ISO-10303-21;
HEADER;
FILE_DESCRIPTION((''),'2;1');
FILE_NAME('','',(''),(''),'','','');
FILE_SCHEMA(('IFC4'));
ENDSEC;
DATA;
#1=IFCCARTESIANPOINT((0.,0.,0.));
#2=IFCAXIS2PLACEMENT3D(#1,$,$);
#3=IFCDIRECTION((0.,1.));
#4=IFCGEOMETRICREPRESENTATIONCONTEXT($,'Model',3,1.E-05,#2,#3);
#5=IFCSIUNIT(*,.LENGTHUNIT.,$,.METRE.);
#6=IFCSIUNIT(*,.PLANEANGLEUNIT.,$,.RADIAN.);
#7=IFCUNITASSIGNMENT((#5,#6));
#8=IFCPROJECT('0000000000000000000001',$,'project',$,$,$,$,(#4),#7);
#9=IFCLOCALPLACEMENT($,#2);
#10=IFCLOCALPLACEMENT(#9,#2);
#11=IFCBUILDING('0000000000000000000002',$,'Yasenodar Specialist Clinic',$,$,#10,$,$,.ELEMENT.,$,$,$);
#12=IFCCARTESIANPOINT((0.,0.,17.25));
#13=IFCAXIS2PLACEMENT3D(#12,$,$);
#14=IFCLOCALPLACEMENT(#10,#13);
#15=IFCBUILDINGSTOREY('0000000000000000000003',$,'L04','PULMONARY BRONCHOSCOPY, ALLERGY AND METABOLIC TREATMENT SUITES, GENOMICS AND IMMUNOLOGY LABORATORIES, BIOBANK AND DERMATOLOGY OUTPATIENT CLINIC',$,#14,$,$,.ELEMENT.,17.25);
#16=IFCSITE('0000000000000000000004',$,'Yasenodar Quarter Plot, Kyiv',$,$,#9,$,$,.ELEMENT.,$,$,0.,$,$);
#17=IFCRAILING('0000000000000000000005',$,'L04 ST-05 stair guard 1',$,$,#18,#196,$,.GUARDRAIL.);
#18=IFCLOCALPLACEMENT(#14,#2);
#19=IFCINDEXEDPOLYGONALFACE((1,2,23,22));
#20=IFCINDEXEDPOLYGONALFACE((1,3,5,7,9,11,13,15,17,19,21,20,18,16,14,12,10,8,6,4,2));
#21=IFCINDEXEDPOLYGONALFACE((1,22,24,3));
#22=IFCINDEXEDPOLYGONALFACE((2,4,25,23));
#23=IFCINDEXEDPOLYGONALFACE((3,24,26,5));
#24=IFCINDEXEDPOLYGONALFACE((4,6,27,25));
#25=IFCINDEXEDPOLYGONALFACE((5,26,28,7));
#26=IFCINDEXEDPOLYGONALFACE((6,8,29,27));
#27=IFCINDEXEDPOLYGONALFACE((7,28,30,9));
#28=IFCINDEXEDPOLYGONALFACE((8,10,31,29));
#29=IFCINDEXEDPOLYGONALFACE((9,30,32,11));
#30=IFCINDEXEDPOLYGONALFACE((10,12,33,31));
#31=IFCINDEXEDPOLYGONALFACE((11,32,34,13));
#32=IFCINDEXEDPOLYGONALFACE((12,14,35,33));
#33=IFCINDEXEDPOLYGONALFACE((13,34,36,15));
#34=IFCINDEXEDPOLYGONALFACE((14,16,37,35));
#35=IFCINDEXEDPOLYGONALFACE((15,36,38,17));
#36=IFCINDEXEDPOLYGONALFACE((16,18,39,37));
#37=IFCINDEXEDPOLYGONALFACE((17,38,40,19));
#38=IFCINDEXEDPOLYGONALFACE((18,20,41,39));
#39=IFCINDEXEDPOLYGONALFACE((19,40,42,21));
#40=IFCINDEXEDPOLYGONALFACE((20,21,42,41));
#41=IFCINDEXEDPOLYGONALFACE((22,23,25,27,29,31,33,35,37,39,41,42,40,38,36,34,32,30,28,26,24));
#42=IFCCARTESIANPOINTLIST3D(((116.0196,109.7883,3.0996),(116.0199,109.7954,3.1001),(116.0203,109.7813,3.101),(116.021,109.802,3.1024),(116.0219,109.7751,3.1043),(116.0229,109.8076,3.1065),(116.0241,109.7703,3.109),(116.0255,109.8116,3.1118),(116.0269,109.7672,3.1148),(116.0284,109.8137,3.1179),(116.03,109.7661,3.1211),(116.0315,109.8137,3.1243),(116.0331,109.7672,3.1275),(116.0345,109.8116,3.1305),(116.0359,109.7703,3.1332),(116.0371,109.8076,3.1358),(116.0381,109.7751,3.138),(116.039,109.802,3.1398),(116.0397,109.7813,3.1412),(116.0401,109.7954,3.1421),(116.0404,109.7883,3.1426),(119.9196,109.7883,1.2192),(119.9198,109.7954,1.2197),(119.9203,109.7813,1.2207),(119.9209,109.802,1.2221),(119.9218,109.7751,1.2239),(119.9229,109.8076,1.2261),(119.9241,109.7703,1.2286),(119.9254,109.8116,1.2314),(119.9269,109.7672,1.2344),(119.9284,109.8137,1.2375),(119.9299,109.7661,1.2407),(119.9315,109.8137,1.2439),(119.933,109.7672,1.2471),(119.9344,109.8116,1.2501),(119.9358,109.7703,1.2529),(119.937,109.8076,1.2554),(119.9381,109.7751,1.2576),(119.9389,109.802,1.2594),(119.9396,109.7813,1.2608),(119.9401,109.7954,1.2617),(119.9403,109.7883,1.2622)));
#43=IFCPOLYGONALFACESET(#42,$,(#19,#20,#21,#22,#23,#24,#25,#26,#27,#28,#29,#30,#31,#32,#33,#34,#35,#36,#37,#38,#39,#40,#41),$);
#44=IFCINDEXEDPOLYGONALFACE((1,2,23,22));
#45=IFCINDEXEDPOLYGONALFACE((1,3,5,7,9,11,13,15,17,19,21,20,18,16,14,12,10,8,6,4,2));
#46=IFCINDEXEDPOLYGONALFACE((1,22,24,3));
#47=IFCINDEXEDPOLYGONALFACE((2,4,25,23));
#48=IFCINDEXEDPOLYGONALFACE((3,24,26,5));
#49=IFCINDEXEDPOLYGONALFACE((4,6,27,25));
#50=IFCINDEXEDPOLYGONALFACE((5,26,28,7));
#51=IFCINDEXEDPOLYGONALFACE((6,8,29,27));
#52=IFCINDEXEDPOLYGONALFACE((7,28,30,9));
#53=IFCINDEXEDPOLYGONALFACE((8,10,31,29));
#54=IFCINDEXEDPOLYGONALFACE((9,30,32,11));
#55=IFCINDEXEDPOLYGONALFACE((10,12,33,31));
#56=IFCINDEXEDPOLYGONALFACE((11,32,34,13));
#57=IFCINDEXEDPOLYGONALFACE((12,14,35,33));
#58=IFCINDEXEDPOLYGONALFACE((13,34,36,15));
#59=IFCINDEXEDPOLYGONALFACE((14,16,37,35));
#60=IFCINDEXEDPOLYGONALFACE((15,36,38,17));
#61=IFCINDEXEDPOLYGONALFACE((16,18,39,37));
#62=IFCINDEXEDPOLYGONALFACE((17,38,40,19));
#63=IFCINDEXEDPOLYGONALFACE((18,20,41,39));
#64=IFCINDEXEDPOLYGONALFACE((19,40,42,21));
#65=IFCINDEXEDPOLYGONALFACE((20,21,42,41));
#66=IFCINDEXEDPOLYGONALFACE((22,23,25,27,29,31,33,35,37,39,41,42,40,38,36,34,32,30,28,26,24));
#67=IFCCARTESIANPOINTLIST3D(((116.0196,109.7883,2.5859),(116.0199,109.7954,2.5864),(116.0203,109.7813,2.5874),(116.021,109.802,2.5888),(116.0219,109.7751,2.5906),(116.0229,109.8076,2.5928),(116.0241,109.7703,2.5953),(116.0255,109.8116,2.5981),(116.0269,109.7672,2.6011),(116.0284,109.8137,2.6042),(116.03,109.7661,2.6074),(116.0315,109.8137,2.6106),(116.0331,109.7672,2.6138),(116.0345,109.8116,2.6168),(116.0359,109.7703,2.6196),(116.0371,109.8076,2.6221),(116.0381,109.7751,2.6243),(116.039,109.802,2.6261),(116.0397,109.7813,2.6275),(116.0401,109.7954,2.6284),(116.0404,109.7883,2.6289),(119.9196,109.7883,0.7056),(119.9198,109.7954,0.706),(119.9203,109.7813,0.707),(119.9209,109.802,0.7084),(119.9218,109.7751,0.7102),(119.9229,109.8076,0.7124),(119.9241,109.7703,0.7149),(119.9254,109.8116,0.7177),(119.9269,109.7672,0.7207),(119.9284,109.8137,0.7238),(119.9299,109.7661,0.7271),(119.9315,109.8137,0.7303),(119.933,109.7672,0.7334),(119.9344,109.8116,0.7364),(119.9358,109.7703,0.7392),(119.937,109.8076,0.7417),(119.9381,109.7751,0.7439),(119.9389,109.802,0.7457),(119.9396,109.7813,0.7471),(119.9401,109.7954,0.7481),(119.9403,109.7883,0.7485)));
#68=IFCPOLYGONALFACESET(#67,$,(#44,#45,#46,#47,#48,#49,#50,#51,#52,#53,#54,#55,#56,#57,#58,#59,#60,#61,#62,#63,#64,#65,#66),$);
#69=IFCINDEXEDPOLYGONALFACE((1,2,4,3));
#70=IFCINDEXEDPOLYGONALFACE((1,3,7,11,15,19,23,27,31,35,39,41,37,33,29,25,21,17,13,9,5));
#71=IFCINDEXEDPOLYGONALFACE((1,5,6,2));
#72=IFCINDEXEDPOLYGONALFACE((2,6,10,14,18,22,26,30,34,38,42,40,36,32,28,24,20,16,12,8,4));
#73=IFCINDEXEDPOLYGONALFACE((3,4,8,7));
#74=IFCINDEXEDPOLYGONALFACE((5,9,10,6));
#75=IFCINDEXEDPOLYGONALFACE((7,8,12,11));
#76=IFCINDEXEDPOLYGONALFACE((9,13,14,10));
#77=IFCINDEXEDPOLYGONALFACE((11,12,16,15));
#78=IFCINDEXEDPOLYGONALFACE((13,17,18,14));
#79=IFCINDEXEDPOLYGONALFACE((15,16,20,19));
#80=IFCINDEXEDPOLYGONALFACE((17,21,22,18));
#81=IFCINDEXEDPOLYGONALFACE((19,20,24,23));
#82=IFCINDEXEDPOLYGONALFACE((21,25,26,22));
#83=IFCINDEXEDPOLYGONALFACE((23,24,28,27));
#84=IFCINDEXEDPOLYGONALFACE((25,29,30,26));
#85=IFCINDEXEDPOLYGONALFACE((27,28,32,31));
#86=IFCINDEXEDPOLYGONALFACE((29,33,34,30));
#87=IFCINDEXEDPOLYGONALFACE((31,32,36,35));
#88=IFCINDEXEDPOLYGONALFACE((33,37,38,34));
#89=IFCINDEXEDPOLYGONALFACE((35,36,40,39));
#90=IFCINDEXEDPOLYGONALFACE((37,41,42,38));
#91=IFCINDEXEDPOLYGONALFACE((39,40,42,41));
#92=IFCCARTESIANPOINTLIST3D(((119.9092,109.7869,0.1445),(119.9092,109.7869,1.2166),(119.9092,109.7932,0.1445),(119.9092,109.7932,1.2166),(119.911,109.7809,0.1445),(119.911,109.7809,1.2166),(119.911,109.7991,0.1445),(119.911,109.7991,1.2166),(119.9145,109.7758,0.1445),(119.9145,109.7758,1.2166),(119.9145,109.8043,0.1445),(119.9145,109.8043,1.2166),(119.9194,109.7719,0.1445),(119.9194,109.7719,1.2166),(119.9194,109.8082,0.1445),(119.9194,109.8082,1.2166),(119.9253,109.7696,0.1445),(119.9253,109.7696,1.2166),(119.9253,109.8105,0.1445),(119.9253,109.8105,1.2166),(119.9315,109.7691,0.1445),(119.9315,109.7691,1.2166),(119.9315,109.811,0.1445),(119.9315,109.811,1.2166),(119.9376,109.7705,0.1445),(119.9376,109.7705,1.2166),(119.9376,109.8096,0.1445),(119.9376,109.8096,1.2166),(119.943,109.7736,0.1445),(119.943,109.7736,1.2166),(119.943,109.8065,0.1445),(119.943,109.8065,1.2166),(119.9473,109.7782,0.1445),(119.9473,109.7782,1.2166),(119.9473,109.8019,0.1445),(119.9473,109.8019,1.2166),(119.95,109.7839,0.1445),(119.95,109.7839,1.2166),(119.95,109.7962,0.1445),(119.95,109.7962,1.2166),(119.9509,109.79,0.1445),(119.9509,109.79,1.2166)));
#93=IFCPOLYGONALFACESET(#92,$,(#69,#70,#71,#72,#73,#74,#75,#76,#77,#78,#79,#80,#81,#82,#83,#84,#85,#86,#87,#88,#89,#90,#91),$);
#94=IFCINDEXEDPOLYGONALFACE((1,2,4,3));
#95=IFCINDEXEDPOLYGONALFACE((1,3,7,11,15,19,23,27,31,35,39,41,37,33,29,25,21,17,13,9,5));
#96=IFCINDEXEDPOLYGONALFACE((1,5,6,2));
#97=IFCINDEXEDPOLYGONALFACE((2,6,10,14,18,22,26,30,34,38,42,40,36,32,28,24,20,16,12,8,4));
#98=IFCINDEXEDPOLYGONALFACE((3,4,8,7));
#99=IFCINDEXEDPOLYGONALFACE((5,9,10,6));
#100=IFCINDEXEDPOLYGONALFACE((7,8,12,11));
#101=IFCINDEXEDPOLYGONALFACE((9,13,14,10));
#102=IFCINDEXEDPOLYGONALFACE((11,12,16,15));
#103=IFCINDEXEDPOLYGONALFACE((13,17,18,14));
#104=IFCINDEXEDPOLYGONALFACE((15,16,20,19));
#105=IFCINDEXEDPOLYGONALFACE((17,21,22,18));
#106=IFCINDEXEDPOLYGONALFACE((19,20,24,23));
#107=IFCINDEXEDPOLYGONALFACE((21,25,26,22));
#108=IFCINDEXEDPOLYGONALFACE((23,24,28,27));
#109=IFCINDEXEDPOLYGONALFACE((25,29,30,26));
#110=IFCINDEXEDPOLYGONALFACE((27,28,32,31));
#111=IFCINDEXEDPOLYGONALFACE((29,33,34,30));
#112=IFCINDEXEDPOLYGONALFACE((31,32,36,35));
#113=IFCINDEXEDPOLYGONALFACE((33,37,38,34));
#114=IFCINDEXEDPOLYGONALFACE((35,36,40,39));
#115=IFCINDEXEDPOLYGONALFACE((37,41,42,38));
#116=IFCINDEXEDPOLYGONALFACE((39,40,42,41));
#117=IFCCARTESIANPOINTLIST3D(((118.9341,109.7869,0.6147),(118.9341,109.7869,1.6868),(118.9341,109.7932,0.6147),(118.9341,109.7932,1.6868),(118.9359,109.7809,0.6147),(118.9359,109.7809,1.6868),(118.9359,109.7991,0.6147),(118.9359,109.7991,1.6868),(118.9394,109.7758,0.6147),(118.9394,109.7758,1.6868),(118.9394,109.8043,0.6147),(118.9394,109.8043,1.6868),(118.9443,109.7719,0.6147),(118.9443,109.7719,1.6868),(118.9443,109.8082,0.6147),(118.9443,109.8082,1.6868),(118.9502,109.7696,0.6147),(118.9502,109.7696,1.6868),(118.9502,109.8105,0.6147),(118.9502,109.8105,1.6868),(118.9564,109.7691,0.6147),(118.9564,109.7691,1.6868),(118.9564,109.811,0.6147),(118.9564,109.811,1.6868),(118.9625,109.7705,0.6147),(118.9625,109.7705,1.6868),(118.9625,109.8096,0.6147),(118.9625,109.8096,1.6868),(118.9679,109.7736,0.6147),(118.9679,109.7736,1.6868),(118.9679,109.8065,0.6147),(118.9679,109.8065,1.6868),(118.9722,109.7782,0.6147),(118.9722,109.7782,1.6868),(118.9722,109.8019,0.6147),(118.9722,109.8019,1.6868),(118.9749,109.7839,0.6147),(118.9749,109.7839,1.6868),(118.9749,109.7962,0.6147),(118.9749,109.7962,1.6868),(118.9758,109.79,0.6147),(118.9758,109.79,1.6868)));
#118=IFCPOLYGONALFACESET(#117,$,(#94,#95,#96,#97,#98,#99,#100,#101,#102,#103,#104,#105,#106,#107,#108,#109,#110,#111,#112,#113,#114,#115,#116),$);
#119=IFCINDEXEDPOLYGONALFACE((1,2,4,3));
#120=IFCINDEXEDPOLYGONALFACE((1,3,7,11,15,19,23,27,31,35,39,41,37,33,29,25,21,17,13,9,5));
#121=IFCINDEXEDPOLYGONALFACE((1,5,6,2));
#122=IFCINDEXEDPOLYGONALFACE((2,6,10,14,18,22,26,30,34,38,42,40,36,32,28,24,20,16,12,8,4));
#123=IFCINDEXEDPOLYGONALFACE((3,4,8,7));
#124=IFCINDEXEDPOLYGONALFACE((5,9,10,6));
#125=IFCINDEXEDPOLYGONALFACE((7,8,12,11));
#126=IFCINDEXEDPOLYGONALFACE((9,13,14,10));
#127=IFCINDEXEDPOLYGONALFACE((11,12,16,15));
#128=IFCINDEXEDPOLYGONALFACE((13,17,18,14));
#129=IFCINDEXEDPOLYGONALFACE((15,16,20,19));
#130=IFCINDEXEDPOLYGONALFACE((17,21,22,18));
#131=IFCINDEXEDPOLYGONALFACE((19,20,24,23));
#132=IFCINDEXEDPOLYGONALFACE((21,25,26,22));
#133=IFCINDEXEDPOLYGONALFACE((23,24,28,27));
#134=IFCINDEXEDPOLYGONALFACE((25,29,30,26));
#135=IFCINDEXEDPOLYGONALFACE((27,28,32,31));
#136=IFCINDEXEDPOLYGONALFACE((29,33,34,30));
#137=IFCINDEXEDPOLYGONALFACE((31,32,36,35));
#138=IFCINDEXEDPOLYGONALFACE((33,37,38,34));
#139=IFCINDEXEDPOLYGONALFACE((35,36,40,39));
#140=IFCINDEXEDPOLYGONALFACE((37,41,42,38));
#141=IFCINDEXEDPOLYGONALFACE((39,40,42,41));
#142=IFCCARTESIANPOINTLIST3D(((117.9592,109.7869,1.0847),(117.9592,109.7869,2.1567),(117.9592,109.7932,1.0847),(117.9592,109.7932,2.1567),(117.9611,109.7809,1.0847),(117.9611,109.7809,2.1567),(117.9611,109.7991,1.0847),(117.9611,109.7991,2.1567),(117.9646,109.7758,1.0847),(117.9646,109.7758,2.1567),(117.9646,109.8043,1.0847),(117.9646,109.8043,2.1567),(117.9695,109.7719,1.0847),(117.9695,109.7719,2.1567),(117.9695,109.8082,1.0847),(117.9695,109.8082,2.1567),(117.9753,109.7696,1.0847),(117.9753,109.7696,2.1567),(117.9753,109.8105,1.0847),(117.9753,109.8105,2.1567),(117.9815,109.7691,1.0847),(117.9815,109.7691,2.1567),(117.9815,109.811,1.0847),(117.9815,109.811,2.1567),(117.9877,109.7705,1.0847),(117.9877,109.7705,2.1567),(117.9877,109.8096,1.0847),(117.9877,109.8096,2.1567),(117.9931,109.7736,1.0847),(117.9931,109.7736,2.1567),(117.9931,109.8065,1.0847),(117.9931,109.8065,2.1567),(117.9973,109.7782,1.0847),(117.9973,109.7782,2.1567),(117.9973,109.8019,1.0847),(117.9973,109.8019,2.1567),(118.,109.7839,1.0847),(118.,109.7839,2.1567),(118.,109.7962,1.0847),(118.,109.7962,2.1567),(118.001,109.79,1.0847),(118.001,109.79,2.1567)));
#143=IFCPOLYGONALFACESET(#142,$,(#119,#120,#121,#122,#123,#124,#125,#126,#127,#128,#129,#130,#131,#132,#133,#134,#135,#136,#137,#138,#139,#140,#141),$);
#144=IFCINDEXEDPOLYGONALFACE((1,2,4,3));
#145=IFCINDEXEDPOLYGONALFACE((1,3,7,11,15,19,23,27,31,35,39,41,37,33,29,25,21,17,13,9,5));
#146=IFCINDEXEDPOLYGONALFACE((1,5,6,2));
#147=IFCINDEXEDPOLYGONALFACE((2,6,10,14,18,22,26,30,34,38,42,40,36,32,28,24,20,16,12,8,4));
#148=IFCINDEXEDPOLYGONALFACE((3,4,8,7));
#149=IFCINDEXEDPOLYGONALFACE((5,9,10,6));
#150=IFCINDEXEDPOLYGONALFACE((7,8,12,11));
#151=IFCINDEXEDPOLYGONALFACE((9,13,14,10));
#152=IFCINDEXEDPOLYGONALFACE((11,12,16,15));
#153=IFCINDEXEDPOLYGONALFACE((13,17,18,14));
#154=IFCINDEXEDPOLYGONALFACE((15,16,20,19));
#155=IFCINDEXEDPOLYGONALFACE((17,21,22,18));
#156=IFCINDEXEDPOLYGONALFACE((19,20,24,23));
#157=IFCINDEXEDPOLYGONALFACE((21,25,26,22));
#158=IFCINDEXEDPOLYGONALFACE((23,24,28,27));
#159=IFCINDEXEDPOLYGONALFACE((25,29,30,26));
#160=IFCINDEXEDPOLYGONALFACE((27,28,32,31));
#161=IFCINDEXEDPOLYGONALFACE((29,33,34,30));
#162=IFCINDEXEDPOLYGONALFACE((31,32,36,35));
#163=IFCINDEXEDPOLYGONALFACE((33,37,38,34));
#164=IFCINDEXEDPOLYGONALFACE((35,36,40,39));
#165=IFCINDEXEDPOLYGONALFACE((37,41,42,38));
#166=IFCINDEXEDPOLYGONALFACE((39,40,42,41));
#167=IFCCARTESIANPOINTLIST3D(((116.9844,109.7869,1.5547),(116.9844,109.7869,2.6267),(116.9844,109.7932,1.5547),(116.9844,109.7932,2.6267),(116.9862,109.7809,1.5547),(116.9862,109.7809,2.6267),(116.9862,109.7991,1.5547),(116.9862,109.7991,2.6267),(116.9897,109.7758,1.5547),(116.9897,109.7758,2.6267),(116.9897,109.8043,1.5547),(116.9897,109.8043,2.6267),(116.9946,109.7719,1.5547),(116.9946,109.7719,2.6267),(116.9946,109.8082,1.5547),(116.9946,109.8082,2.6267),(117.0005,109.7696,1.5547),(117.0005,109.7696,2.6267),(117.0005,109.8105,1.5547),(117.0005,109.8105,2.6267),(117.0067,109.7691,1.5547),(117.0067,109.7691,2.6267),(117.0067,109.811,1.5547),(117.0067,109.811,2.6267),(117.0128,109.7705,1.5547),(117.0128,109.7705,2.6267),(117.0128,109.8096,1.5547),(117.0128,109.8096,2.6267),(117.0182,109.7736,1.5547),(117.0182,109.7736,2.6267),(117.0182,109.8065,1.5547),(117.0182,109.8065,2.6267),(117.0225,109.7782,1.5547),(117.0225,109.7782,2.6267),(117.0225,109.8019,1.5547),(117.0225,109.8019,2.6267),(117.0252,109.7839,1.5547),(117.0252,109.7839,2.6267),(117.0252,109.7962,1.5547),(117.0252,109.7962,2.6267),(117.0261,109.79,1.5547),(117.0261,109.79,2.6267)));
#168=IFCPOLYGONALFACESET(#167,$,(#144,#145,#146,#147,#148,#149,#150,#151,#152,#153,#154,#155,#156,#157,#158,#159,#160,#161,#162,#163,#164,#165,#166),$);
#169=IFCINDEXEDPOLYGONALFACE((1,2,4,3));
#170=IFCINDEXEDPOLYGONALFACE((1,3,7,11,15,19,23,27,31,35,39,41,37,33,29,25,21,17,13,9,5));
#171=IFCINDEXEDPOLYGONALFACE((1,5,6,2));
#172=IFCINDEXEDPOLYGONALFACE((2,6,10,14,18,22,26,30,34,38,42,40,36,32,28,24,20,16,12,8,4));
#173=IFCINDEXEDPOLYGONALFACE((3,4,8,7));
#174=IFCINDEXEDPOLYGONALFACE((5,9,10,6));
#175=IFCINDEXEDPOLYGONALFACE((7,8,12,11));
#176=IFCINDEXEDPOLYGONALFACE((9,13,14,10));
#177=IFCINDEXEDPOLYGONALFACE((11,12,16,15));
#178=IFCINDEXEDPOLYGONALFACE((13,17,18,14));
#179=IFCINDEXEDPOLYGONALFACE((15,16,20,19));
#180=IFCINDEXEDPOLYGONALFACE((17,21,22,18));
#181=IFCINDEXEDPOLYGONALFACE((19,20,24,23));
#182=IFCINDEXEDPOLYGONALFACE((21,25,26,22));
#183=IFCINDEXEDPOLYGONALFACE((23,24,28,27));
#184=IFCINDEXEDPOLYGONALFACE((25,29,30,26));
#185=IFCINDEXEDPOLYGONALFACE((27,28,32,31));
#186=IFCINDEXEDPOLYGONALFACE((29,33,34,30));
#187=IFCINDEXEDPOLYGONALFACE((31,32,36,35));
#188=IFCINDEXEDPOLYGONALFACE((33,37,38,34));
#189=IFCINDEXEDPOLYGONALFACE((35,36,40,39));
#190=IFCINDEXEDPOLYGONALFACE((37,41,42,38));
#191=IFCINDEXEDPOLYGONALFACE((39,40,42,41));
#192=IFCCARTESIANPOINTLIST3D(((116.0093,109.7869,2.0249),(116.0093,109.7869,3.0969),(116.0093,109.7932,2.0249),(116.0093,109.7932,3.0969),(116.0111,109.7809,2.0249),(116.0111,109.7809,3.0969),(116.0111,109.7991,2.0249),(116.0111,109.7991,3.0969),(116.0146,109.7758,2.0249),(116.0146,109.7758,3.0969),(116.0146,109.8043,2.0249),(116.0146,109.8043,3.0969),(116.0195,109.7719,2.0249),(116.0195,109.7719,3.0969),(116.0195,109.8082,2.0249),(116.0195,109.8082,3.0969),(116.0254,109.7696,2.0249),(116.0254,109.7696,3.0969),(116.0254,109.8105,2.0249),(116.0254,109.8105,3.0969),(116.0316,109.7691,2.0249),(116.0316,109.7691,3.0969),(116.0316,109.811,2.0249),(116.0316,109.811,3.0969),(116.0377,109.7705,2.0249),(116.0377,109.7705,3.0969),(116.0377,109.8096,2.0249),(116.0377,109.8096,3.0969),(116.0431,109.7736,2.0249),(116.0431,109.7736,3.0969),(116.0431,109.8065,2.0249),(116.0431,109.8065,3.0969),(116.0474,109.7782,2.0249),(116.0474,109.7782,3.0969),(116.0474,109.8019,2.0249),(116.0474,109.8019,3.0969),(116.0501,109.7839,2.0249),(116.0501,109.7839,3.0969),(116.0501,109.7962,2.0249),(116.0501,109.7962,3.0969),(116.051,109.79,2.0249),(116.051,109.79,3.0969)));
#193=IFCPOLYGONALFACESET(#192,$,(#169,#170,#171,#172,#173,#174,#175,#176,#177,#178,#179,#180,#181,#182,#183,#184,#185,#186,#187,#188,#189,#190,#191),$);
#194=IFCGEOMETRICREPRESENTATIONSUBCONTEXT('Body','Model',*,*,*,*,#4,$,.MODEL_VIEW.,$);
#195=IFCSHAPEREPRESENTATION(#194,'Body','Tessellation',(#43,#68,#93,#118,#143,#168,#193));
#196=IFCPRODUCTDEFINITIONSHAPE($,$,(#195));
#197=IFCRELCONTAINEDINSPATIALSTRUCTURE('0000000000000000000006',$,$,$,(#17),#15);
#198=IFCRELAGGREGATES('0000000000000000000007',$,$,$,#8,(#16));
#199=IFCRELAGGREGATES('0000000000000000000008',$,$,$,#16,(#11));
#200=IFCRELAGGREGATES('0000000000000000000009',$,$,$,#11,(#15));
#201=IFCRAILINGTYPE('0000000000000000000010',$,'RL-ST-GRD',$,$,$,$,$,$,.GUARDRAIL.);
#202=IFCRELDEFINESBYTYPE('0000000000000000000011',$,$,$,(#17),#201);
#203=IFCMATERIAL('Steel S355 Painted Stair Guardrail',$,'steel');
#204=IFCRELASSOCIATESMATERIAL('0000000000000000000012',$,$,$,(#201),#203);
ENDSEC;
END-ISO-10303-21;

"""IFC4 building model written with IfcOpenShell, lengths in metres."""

from ifc_helpers import new_model, si_unit, direction, frame, origin, origin_2d, place, context, subcontext, project, spatial, circle, extrude, material, type_object, element, save


model = new_model("IFC4")

# Units and contexts
model_context = context("Model", 3, precision=1e-05, world=origin(), true_north=direction((0.0, 1.0)))
body_context = subcontext(model_context, "Body", "Model", "MODEL_VIEW")
ifc_project = project(units=[si_unit("LENGTHUNIT", "METRE"), si_unit("PLANEANGLEUNIT", "RADIAN")], contexts=[model_context])

# Site, building, storey
site_placement = place(None, origin())
site = spatial("IfcSite", under=ifc_project, at=site_placement, Name="Yasenodar Quarter Plot, Kyiv", CompositionType="ELEMENT", RefElevation=0.0)
building_placement = place(site_placement, origin())
building = spatial("IfcBuilding", under=site, at=building_placement, Name="Yasenodar Specialist Clinic", CompositionType="ELEMENT")
storey_placement = place(building_placement, frame((0.0, 0.0, 17.25)))
storey = spatial("IfcBuildingStorey", under=building, at=storey_placement, Name="L04", Description="PULMONARY BRONCHOSCOPY, ALLERGY AND METABOLIC TREATMENT SUITES, GENOMICS AND IMMUNOLOGY LABORATORIES, BIOBANK AND DERMATOLOGY OUTPATIENT CLINIC", CompositionType="ELEMENT", Elevation=17.25)

# Railing
ifc_material_1 = material(Name="Steel S355 Painted Stair Guardrail", Category="steel")
railing_type_1 = type_object("IfcRailingType", Name="RL-ST-GRD", PredefinedType="GUARDRAIL", material=ifc_material_1)
railing_1_placement = place(storey_placement, frame((119.9299, 109.79, 0.1445)))
element("IfcRailing", 1, at=railing_1_placement, inside=storey, type_object=railing_type_1, Name="L04 ST-05 stair guard 1", PredefinedType="GUARDRAIL", context=body_context, shape_type="SweptSolid", body=[
    extrude(circle(Radius=0.0239, at=origin_2d()), frame((0.0, 0.0, 1.0962), z_axis=(-0.900763, 0.0, 0.434311), x_axis=(0.0, -1.0, 0.0)), (0.0, 0.0, 1.0), 4.3296),
    extrude(circle(Radius=0.0239, at=origin_2d()), frame((0.0, 0.0, 0.5825), z_axis=(-0.900763, 0.0, 0.434311), x_axis=(0.0, -1.0, 0.0)), (0.0, 0.0, 1.0), 4.3296),
    extrude(circle(Radius=0.021, at=origin_2d()), origin(), (0.0, 0.0, 1.0), 1.072),
    extrude(circle(Radius=0.021, at=origin_2d()), frame((-0.9751, 0.0, 0.4702)), (0.0, 0.0, 1.0), 1.072),
    extrude(circle(Radius=0.021, at=origin_2d()), frame((-1.95, 0.0, 0.9402)), (0.0, 0.0, 1.0), 1.072),
    extrude(circle(Radius=0.021, at=origin_2d()), frame((-2.9248, 0.0, 1.4102)), (0.0, 0.0, 1.0), 1.072),
    extrude(circle(Radius=0.021, at=origin_2d()), frame((-3.8999, 0.0, 1.8804)), (0.0, 0.0, 1.0), 1.072),
])

save(model, "model.ifc")
